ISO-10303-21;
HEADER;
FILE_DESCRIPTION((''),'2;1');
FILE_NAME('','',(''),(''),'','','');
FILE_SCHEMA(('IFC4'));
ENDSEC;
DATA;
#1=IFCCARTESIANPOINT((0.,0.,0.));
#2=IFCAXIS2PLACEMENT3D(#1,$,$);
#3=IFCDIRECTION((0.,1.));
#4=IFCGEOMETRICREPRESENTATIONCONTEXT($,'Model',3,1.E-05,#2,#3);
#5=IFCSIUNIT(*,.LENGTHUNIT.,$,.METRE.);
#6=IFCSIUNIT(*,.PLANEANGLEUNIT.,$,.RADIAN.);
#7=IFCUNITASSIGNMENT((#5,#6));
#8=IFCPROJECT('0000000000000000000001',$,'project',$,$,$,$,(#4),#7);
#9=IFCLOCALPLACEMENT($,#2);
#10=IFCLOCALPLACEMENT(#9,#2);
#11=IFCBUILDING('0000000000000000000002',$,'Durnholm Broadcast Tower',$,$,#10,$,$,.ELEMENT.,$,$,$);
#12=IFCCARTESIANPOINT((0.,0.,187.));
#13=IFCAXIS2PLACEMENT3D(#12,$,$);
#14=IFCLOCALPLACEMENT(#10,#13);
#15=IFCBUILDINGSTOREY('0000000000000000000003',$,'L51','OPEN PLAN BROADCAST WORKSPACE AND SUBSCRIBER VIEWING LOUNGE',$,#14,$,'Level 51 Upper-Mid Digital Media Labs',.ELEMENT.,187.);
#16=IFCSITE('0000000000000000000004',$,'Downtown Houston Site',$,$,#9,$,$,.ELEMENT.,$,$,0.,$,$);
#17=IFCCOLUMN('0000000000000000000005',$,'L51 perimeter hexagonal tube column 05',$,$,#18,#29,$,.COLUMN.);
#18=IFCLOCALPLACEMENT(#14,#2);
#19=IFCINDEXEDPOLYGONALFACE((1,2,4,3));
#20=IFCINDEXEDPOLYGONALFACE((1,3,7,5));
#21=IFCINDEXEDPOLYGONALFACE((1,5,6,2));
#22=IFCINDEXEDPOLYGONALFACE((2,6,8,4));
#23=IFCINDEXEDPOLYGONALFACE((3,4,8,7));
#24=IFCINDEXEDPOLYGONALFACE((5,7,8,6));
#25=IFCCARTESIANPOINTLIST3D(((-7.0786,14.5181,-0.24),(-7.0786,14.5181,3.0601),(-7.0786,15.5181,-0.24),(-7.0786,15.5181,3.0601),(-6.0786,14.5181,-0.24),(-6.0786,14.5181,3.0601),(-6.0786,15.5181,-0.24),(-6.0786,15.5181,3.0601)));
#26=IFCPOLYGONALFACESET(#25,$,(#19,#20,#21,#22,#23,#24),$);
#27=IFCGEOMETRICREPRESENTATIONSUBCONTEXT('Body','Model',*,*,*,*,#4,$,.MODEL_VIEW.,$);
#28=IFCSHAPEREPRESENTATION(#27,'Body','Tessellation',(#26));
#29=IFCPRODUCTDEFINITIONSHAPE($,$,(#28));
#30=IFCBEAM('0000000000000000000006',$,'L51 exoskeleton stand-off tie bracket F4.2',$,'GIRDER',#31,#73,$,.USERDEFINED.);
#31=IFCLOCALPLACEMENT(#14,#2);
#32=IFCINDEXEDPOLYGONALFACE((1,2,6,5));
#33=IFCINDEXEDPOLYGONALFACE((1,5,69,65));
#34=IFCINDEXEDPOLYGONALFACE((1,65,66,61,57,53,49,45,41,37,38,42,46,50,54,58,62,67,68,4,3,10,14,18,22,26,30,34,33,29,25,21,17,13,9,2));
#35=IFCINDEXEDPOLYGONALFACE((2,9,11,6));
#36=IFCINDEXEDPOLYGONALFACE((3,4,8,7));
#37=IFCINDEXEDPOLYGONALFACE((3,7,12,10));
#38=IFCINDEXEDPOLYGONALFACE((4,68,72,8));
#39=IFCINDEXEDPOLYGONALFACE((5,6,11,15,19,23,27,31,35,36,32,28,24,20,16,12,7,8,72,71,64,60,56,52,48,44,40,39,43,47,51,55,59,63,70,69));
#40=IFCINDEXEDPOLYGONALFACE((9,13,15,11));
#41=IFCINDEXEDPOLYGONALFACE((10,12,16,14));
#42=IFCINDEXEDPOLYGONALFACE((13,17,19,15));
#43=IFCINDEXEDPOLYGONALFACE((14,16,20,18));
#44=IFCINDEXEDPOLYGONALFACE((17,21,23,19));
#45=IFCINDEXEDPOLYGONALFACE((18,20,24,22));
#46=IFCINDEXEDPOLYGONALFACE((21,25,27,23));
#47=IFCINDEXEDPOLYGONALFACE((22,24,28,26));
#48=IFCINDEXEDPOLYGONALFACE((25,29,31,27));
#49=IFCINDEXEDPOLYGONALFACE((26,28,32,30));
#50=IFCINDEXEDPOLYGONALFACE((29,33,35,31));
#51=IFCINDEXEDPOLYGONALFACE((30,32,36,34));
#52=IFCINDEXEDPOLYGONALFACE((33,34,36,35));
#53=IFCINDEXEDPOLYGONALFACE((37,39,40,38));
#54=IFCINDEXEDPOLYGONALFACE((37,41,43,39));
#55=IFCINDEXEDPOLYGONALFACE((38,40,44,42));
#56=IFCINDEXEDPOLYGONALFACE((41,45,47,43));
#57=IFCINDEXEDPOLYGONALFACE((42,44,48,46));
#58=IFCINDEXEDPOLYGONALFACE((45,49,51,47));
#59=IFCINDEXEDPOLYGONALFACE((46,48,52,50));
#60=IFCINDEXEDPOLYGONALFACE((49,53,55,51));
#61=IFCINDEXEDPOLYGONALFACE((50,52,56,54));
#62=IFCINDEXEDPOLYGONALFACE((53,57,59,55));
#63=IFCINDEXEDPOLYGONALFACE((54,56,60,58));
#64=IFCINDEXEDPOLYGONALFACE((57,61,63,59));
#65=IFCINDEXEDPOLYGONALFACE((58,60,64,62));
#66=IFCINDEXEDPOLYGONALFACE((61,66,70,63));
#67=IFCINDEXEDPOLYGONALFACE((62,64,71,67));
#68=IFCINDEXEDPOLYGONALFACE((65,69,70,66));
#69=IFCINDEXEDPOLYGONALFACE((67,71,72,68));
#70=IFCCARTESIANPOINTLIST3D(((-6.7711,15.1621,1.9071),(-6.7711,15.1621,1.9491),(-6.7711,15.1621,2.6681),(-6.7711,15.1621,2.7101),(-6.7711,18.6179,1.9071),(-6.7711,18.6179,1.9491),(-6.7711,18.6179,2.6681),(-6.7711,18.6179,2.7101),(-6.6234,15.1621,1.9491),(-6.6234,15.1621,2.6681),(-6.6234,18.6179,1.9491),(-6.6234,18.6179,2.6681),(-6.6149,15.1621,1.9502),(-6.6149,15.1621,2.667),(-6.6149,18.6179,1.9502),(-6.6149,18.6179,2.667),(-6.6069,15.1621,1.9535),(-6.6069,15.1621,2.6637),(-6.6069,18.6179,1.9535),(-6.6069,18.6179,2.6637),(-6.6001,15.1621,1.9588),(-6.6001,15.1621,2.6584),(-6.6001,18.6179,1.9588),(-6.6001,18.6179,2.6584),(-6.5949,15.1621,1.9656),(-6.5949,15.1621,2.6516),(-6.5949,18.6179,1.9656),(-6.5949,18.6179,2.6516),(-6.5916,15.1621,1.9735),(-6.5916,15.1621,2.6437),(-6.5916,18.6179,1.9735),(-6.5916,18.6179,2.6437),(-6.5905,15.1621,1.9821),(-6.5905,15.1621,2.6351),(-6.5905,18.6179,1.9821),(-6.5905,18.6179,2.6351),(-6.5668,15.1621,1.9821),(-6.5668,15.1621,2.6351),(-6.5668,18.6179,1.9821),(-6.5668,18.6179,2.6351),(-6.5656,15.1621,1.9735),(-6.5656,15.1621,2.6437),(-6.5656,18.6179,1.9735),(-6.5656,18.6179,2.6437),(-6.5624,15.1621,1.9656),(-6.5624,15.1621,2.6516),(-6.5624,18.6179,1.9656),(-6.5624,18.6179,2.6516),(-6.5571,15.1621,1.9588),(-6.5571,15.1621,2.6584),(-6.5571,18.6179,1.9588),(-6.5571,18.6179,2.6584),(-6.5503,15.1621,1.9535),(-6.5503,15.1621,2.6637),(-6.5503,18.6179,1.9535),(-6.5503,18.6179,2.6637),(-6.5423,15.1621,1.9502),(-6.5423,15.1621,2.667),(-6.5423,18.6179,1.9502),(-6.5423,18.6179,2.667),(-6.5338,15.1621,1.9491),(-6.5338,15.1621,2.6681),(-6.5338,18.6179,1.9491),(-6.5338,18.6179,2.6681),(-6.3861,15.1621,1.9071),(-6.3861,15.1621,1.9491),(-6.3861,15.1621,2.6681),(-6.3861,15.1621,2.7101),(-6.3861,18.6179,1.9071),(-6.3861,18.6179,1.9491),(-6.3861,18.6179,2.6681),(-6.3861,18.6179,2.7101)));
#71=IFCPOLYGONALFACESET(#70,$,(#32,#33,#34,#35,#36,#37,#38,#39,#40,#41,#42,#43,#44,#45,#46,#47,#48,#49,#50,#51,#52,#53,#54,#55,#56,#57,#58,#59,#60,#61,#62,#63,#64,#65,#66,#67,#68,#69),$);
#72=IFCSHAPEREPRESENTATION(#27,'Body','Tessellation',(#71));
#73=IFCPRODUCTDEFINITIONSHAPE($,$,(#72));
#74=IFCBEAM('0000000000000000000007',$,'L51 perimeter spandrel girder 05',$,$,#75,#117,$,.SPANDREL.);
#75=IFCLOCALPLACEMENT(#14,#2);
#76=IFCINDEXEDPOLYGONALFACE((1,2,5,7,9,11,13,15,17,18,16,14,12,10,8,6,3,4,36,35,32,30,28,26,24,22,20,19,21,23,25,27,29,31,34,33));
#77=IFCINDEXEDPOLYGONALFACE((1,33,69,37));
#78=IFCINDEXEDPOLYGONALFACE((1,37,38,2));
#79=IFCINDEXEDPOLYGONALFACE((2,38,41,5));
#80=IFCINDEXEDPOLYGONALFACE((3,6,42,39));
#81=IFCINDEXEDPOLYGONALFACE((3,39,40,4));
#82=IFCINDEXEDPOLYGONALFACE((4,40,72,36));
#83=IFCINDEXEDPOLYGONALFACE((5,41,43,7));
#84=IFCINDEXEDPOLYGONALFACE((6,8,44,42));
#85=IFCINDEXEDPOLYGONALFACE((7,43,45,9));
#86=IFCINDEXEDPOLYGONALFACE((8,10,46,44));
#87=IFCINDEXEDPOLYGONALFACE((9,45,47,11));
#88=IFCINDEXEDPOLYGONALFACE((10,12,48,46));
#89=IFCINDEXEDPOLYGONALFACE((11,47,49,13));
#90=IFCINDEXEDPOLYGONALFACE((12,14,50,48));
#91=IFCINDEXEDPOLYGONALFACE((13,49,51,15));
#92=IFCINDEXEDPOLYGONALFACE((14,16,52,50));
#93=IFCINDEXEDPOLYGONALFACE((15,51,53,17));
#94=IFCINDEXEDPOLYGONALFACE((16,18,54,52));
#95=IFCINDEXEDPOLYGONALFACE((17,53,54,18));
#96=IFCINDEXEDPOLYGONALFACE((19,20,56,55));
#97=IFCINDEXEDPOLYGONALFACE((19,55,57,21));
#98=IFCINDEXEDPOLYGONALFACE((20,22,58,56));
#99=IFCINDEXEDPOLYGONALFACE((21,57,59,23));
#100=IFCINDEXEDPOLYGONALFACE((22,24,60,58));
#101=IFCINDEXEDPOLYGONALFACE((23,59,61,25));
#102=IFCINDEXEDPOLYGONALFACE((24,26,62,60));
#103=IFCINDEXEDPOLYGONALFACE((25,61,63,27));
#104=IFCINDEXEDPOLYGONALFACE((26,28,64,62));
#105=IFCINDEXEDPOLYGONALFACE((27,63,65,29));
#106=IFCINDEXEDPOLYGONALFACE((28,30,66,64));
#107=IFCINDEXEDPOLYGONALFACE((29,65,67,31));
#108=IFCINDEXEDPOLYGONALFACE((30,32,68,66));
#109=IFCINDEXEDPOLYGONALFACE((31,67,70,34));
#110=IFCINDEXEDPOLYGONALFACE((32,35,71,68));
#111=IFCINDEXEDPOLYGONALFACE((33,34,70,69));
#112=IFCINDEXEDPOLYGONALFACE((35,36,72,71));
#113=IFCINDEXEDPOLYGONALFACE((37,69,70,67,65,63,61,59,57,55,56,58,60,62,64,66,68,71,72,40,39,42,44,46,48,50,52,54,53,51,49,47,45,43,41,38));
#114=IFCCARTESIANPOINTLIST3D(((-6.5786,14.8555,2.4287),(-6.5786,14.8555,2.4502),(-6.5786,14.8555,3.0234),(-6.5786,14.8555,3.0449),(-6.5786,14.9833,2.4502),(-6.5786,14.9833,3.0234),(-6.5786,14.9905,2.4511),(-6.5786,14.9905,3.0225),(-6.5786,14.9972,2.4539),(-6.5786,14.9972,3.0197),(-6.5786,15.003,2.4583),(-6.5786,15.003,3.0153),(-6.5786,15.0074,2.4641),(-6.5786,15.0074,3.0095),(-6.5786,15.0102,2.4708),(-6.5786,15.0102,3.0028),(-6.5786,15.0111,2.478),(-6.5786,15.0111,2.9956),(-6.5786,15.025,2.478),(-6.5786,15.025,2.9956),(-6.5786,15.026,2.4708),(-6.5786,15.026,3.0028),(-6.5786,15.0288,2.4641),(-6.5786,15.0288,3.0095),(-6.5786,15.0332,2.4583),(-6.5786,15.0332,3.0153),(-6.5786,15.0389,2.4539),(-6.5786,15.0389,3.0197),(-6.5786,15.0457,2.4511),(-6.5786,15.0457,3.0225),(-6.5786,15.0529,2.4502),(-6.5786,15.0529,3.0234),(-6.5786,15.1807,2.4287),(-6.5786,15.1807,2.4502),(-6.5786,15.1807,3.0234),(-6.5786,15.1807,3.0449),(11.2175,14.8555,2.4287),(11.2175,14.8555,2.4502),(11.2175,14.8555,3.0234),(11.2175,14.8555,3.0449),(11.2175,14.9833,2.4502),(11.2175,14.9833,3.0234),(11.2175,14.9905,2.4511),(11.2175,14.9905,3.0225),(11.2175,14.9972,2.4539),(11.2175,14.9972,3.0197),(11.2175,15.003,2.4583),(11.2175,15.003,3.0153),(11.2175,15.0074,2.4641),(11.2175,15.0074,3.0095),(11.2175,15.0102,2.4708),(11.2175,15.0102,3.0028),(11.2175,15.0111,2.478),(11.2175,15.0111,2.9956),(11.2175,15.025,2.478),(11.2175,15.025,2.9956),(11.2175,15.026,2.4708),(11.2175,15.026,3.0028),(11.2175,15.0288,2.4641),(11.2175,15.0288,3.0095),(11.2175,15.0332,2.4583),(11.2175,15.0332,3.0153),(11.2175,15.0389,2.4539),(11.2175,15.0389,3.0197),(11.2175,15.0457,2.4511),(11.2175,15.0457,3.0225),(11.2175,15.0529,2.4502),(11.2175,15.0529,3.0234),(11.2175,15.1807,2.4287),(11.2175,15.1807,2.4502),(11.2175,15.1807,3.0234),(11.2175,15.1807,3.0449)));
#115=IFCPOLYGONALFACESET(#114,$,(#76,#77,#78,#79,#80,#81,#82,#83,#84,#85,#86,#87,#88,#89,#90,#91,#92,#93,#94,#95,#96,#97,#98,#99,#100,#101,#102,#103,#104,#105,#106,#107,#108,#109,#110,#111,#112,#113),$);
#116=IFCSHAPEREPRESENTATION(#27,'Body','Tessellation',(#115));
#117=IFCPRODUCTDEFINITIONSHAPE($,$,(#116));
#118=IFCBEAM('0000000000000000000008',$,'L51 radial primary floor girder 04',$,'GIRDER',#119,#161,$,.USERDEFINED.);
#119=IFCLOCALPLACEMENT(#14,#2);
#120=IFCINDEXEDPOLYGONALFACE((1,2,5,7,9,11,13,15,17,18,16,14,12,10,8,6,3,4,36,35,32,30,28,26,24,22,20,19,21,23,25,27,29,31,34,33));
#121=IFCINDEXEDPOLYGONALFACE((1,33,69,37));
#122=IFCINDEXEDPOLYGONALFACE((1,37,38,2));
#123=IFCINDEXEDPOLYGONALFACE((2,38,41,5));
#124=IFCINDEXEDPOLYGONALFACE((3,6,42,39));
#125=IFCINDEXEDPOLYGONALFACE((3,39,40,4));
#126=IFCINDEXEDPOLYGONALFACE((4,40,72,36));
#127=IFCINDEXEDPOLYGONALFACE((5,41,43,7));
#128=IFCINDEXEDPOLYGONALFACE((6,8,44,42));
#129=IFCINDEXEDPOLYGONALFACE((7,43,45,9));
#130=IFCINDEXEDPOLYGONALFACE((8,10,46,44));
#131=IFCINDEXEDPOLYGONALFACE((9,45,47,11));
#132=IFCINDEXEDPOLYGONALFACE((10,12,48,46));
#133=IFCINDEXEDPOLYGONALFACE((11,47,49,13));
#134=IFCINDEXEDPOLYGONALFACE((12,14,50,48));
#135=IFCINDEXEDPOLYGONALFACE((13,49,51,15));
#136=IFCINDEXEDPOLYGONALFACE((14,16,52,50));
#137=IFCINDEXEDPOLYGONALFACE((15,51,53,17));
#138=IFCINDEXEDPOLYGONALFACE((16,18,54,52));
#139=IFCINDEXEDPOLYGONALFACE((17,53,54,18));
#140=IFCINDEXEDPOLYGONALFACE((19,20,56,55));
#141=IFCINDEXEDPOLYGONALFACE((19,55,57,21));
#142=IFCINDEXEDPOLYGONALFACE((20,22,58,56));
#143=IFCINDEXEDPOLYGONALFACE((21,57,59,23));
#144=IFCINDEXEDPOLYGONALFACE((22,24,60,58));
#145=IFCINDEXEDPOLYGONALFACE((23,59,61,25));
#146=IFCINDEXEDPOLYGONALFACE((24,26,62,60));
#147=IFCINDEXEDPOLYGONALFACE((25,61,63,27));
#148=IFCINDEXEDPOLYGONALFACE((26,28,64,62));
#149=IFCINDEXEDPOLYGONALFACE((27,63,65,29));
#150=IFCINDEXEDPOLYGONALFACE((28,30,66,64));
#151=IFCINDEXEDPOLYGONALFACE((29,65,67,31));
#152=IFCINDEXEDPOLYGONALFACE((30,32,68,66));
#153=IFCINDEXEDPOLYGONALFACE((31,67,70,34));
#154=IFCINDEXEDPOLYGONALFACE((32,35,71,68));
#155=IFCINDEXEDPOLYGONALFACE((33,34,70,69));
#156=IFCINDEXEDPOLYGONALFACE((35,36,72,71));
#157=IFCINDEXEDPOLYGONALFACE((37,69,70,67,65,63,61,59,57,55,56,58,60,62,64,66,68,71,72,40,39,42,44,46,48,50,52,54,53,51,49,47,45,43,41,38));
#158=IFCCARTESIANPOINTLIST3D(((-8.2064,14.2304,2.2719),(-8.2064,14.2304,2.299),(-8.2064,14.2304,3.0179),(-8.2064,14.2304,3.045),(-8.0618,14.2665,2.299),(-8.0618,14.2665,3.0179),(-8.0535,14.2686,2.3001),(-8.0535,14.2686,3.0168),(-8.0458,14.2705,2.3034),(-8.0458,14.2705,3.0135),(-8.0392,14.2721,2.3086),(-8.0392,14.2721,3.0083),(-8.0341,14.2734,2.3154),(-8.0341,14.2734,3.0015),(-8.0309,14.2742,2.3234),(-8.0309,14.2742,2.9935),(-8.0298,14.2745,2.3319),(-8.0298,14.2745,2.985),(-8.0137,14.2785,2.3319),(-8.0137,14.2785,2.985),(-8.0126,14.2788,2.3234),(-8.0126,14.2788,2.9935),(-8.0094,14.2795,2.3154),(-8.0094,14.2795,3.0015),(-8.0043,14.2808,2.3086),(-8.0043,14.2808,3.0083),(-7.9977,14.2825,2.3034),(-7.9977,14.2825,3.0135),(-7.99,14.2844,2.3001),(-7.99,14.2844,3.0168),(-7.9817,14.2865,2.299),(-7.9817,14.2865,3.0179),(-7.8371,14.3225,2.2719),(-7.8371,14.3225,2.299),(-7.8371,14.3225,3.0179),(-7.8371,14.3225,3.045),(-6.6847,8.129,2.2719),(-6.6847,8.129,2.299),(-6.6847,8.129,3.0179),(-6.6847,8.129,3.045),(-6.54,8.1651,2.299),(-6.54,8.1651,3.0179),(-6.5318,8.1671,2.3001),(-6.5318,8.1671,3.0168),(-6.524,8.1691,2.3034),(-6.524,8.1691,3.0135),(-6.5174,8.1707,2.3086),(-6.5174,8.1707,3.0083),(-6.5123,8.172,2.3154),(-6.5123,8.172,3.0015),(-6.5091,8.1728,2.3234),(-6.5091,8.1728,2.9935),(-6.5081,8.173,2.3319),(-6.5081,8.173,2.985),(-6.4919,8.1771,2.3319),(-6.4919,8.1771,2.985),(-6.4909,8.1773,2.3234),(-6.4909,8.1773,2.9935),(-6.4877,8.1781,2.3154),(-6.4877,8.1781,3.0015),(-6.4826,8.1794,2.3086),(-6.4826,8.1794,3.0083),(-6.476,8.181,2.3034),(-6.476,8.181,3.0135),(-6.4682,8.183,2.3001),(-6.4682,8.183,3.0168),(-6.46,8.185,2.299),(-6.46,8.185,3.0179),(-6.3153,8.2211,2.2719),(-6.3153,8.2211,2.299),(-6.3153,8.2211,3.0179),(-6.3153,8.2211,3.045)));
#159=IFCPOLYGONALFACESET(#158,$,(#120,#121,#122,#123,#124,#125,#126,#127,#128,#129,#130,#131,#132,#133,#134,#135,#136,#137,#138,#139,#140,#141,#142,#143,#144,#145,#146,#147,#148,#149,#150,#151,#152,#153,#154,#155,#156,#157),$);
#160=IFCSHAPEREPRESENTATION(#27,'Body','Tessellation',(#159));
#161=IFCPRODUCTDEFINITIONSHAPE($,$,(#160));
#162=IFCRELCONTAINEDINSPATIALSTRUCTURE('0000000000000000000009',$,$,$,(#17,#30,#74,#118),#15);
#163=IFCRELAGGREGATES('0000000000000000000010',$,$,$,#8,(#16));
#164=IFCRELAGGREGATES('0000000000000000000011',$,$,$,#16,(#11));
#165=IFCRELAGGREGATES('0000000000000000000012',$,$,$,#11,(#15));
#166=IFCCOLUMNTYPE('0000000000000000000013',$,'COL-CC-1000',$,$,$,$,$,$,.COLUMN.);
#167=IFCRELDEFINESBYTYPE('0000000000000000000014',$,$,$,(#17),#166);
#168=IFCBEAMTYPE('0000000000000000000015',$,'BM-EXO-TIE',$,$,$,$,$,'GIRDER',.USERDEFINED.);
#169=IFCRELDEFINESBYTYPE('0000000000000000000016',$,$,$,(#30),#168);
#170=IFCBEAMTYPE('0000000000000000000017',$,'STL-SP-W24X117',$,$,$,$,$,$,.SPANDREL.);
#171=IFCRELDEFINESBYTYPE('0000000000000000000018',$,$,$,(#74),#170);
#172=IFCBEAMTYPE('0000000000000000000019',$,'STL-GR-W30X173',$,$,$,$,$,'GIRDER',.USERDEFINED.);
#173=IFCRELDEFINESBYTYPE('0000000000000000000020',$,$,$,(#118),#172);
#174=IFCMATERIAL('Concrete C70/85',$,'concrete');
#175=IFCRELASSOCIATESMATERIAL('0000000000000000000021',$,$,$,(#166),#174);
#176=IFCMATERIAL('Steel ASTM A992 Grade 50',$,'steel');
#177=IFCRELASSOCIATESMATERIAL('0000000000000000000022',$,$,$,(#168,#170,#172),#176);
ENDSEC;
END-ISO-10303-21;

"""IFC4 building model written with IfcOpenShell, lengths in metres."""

from ifc_helpers import new_model, si_unit, direction, frame, origin, origin_2d, place, context, subcontext, project, spatial, rectangle, i_section, extrude, source, transform, mapped, material, material_profile, profile_set, type_object, type_shapes, element, save


model = new_model("IFC4")

# Units and contexts
model_context = context("Model", 3, precision=1e-05, world=origin(), true_north=direction((0.0, 1.0)))
body_context = subcontext(model_context, "Body", "Model", "MODEL_VIEW")
ifc_project = project(units=[si_unit("LENGTHUNIT", "METRE"), si_unit("PLANEANGLEUNIT", "RADIAN")], contexts=[model_context])

# Site, building, storey
site_placement = place(None, origin())
site = spatial("IfcSite", under=ifc_project, at=site_placement, Name="Downtown Houston Site", CompositionType="ELEMENT", RefElevation=0.0)
building_placement = place(site_placement, origin())
building = spatial("IfcBuilding", under=site, at=building_placement, Name="Durnholm Broadcast Tower", CompositionType="ELEMENT")
storey_placement = place(building_placement, frame((0.0, 0.0, 187.0)))
storey = spatial("IfcBuildingStorey", under=building, at=storey_placement, Name="L51", Description="OPEN PLAN BROADCAST WORKSPACE AND SUBSCRIBER VIEWING LOUNGE", LongName="Level 51 Upper-Mid Digital Media Labs", CompositionType="ELEMENT", Elevation=187.0)

# Column
ifc_material_1 = material(Name="Concrete C70/85", Category="concrete")
ifc_material_profile_1 = material_profile(ifc_material_1, rectangle(XDim=1.0, YDim=1.0, at=origin_2d()), Name="RC1000X1000")
ifc_profile_set_1 = profile_set([ifc_material_profile_1], Name="Concrete C70/85")
column_type = type_object("IfcColumnType", Name="COL-CC-1000", PredefinedType="COLUMN", material=ifc_profile_set_1)
shared_shape_1 = source(origin(), body_context, "Body", "SweptSolid", [
    extrude(rectangle(XDim=1.0, YDim=1.0, at=origin_2d()), origin(), (0.0, 0.0, 1.0), 3.3),
])
type_shapes(column_type, [shared_shape_1])
column_placement = place(storey_placement, frame((-6.5786, 15.0181, -0.24), z_axis=(0.0, 0.0, 1.0), x_axis=(1.0, 0.0, 0.0)))
element("IfcColumn", 1, at=column_placement, inside=storey, type_object=column_type, Name="L51 perimeter hexagonal tube column 05", PredefinedType="COLUMN", context=body_context, shape_type="MappedRepresentation", body=[
    mapped(shared_shape_1, transform((0.0, 0.0, 0.0), x_axis=(1.0, 0.0, 0.0), y_axis=(0.0, 1.0, 0.0), z_axis=(0.0, 0.0, 1.0), scale=1.0)),
])

# Beams
ifc_material_2 = material(Name="Steel ASTM A992 Grade 50", Category="steel")
ifc_material_profile_2 = material_profile(ifc_material_2, i_section(OverallWidth=0.385, OverallDepth=0.803, WebThickness=0.0237, FlangeThickness=0.042, FilletRadius=0.033, at=origin_2d()), Name="W30X261")
ifc_profile_set_2 = profile_set([ifc_material_profile_2], Name="Steel ASTM A992 Grade 50")
beam_type_1 = type_object("IfcBeamType", Name="BM-EXO-TIE", ElementType="GIRDER", PredefinedType="USERDEFINED", material=ifc_profile_set_2)
shared_shape_2 = source(origin(), body_context, "Body", "SweptSolid", [
    extrude(i_section(OverallWidth=0.385, OverallDepth=0.803, WebThickness=0.0237, FlangeThickness=0.042, FilletRadius=0.033, at=origin_2d()), origin(), (0.0, 0.0, 1.0), 3.4558),
])
type_shapes(beam_type_1, [shared_shape_2])
beam_1_placement = place(storey_placement, frame((-6.5786, 15.1621, 2.3086), z_axis=(0.0, 1.0, 0.0), x_axis=(-1.0, 0.0, 0.0)))
element("IfcBeam", 2, at=beam_1_placement, inside=storey, type_object=beam_type_1, Name="L51 exoskeleton stand-off tie bracket F4.2", ObjectType="GIRDER", PredefinedType="USERDEFINED", context=body_context, shape_type="MappedRepresentation", body=[
    mapped(shared_shape_2, transform((0.0, 0.0, 0.0), x_axis=(1.0, 0.0, 0.0), y_axis=(0.0, 1.0, 0.0), z_axis=(0.0, 0.0, 1.0), scale=1.0)),
])
ifc_material_profile_3 = material_profile(ifc_material_2, i_section(OverallWidth=0.3252, OverallDepth=0.6162, WebThickness=0.0139, FlangeThickness=0.0215, FilletRadius=0.0278, at=origin_2d()), Name="W24X117")
ifc_profile_set_3 = profile_set([ifc_material_profile_3], Name="Steel ASTM A992 Grade 50")
beam_type_2 = type_object("IfcBeamType", Name="STL-SP-W24X117", PredefinedType="SPANDREL", material=ifc_profile_set_3)
shared_shape_3 = source(origin(), body_context, "Body", "SweptSolid", [
    extrude(i_section(OverallWidth=0.3252, OverallDepth=0.6162, WebThickness=0.0139, FlangeThickness=0.0215, FilletRadius=0.0278, at=origin_2d()), origin(), (0.0, 0.0, 1.0), 17.7961),
])
type_shapes(beam_type_2, [shared_shape_3])
beam_2_placement = place(storey_placement, frame((-6.5786, 15.0181, 2.7368), z_axis=(1.0, 0.0, 0.0), x_axis=(0.0, 1.0, 0.0)))
element("IfcBeam", 3, at=beam_2_placement, inside=storey, type_object=beam_type_2, Name="L51 perimeter spandrel girder 05", PredefinedType="SPANDREL", context=body_context, shape_type="MappedRepresentation", body=[
    mapped(shared_shape_3, transform((0.0, 0.0, 0.0), x_axis=(1.0, 0.0, 0.0), y_axis=(0.0, 1.0, 0.0), z_axis=(0.0, 0.0, 1.0), scale=1.0)),
])
ifc_material_profile_4 = material_profile(ifc_material_2, i_section(OverallWidth=0.3806, OverallDepth=0.7732, WebThickness=0.0166, FlangeThickness=0.0271, FilletRadius=0.033, at=origin_2d()), Name="W30X173")
ifc_profile_set_4 = profile_set([ifc_material_profile_4], Name="Steel ASTM A992 Grade 50")
beam_type_3 = type_object("IfcBeamType", Name="STL-GR-W30X173", ElementType="GIRDER", PredefinedType="USERDEFINED", material=ifc_profile_set_4)
shared_shape_4 = source(origin(), body_context, "Body", "SweptSolid", [
    extrude(i_section(OverallWidth=0.3806, OverallDepth=0.7732, WebThickness=0.0166, FlangeThickness=0.0271, FilletRadius=0.033, at=origin_2d()), origin(), (0.0, 0.0, 1.0), 6.2883),
])
beam_3_placement = place(storey_placement, frame((-6.5, 8.175, 2.6584), z_axis=(-0.241997, 0.970277, 0.0), x_axis=(-0.970277, -0.241997, 0.0)))
element("IfcBeam", 4, at=beam_3_placement, inside=storey, type_object=beam_type_3, Name="L51 radial primary floor girder 04", ObjectType="GIRDER", PredefinedType="USERDEFINED", context=body_context, shape_type="MappedRepresentation", body=[
    mapped(shared_shape_4, transform((0.0, 0.0, 0.0), x_axis=(1.0, 0.0, 0.0), y_axis=(0.0, 1.0, 0.0), z_axis=(0.0, 0.0, 1.0), scale=1.0)),
])

save(model, "model.ifc")
